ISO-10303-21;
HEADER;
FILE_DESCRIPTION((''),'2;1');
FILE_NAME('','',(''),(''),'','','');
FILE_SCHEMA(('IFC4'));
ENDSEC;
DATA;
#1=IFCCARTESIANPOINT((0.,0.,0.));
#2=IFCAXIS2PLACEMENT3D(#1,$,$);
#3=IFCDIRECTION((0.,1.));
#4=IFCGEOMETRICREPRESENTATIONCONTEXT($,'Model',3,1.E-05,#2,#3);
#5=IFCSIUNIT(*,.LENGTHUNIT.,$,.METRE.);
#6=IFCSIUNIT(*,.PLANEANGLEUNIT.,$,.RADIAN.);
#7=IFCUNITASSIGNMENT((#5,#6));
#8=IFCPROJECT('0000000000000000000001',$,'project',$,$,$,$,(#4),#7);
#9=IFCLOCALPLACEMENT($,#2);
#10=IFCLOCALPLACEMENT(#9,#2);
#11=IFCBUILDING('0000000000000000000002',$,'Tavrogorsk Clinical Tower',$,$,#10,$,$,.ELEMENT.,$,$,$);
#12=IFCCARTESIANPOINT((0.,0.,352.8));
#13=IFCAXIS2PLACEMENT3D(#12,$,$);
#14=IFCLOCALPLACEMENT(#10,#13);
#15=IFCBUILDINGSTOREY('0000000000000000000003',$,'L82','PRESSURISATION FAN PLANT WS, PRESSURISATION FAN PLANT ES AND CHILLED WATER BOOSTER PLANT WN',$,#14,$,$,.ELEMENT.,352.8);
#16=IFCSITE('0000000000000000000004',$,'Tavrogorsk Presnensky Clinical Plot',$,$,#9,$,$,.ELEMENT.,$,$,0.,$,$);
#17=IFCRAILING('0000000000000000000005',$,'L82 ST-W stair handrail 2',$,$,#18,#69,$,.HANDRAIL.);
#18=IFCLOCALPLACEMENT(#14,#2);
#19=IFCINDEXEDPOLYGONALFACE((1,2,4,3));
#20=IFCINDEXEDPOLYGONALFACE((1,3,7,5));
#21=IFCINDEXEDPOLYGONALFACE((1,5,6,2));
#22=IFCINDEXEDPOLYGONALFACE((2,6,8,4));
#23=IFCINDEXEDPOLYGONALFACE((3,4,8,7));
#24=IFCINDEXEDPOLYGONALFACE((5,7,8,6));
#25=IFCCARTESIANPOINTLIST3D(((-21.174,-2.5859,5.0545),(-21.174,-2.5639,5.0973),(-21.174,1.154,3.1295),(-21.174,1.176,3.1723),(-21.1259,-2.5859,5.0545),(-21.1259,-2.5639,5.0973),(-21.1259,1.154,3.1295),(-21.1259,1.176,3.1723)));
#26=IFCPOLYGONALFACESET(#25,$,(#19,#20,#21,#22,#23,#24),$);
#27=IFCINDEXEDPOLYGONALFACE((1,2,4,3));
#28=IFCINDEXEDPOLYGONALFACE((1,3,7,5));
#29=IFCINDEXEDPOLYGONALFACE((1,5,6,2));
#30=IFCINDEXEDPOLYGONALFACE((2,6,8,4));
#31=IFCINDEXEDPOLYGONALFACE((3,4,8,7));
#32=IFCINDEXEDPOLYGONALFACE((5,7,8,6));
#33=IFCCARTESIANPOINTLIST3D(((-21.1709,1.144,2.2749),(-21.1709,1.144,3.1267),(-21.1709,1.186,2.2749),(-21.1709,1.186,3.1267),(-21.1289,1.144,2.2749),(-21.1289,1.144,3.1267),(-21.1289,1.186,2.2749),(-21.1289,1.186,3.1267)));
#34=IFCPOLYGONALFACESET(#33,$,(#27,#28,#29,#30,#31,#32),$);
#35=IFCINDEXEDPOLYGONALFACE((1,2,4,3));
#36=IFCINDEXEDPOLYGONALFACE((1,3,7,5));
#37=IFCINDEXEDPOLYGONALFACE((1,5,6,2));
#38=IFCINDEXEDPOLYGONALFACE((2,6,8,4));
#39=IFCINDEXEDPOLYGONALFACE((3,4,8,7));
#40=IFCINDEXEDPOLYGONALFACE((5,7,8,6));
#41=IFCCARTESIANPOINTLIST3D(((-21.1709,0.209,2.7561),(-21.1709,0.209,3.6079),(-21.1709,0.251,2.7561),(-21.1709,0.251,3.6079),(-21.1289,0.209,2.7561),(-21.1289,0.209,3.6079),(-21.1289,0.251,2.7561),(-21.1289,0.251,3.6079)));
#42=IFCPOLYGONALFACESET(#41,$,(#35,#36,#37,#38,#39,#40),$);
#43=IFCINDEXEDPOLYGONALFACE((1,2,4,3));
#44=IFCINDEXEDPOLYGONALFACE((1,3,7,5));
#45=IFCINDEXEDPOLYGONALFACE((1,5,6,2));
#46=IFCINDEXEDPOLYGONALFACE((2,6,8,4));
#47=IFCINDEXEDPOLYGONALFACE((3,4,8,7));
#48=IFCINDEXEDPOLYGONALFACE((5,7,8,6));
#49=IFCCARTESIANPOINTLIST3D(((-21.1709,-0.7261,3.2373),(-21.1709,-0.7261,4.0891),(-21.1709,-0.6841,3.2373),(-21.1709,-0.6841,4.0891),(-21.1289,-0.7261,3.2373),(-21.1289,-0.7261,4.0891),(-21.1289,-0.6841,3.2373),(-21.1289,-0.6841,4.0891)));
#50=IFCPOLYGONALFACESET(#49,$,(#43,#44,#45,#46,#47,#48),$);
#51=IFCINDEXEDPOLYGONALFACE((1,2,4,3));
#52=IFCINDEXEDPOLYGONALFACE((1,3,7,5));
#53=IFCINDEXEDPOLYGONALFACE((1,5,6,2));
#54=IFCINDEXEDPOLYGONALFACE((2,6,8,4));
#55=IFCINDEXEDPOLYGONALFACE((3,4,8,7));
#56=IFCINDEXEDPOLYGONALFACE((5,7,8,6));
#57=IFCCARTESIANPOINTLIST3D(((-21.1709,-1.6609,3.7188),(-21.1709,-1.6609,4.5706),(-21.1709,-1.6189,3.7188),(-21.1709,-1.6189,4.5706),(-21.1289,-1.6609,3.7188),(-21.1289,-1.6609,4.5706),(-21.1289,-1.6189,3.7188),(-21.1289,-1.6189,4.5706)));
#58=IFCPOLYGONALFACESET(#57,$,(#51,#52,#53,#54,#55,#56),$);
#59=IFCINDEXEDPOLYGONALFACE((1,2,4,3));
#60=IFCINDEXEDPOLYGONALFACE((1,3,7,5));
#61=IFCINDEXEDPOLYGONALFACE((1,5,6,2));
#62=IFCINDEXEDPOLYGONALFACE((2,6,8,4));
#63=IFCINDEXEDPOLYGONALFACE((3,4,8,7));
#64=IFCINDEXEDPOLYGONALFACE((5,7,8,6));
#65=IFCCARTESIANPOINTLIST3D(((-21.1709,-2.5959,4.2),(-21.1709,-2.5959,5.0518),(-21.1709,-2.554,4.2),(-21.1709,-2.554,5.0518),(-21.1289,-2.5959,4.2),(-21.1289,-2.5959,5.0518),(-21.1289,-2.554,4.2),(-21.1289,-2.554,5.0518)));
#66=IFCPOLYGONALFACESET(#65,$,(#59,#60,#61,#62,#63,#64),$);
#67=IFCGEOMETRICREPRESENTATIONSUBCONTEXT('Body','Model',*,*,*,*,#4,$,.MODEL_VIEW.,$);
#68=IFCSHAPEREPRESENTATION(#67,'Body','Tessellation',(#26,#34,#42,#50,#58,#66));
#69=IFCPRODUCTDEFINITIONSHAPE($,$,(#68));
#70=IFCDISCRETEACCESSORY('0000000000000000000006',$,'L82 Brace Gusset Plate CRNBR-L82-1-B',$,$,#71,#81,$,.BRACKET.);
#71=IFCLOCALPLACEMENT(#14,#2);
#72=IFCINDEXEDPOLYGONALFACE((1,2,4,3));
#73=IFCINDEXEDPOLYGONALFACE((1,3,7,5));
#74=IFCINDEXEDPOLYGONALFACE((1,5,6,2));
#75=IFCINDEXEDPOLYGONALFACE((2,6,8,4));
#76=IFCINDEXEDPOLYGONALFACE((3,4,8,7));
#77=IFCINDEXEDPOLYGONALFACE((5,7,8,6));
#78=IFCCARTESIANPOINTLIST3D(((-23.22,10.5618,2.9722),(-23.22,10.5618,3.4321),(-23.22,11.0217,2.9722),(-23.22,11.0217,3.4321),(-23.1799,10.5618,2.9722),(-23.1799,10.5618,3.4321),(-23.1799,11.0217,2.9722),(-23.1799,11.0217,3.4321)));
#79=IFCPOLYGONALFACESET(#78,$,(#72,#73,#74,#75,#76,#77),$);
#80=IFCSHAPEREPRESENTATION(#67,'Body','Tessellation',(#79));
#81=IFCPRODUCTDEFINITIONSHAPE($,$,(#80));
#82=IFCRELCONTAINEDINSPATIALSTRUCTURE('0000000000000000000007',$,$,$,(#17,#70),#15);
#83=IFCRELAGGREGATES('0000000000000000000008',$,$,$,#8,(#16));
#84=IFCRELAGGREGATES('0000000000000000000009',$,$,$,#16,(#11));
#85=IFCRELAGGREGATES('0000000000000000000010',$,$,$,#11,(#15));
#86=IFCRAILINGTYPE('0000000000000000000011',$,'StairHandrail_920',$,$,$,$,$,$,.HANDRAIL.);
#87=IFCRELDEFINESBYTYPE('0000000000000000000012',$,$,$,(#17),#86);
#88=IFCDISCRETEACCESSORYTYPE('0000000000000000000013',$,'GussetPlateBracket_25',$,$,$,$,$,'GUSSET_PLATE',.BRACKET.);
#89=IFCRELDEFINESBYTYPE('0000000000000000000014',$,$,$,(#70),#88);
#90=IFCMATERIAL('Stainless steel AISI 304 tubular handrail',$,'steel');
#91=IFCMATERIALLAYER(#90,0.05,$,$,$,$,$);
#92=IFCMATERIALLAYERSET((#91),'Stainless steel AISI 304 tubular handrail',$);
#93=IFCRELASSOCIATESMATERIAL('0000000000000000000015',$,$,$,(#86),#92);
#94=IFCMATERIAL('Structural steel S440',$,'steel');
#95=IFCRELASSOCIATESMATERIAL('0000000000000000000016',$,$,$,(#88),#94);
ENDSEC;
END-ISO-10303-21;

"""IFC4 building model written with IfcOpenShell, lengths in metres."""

from ifc_helpers import new_model, si_unit, direction, frame, origin, origin_2d, place, context, subcontext, project, spatial, rectangle, extrude, material, layer, layer_set, type_object, element, save


model = new_model("IFC4")

# Units and contexts
model_context = context("Model", 3, precision=1e-05, world=origin(), true_north=direction((0.0, 1.0)))
body_context = subcontext(model_context, "Body", "Model", "MODEL_VIEW")
ifc_project = project(units=[si_unit("LENGTHUNIT", "METRE"), si_unit("PLANEANGLEUNIT", "RADIAN")], contexts=[model_context])

# Site, building, storey
site_placement = place(None, origin())
site = spatial("IfcSite", under=ifc_project, at=site_placement, Name="Tavrogorsk Presnensky Clinical Plot", CompositionType="ELEMENT", RefElevation=0.0)
building_placement = place(site_placement, origin())
building = spatial("IfcBuilding", under=site, at=building_placement, Name="Tavrogorsk Clinical Tower", CompositionType="ELEMENT")
storey_placement = place(building_placement, frame((0.0, 0.0, 352.8)))
storey = spatial("IfcBuildingStorey", under=building, at=storey_placement, Name="L82", Description="PRESSURISATION FAN PLANT WS, PRESSURISATION FAN PLANT ES AND CHILLED WATER BOOSTER PLANT WN", CompositionType="ELEMENT", Elevation=352.8)

# Railing
ifc_material_1 = material(Name="Stainless steel AISI 304 tubular handrail", Category="steel")
ifc_layer_1 = layer(ifc_material_1, 0.05)
ifc_layer_set_1 = layer_set([ifc_layer_1], Name="Stainless steel AISI 304 tubular handrail")
railing_type_1 = type_object("IfcRailingType", Name="StairHandrail_920", PredefinedType="HANDRAIL", material=ifc_layer_set_1)
railing_1_placement = place(storey_placement, frame((-21.1499, 1.165, 2.2749)))
element("IfcRailing", 1, at=railing_1_placement, inside=storey, type_object=railing_type_1, Name="L82 ST-W stair handrail 2", PredefinedType="HANDRAIL", context=body_context, shape_type="SweptSolid", body=[
    extrude(rectangle(XDim=0.0481, YDim=0.0481, at=origin_2d()), frame((0.0, 0.0, 0.876), z_axis=(0.0, -0.889131, 0.457654), x_axis=(1.0, 0.0, 0.0)), (0.0, 0.0, 1.0), 4.2063),
    extrude(rectangle(XDim=0.042, YDim=0.042, at=origin_2d()), origin(), (0.0, 0.0, 1.0), 0.8518),
    extrude(rectangle(XDim=0.042, YDim=0.042, at=origin_2d()), frame((0.0, -0.9351, 0.4812)), (0.0, 0.0, 1.0), 0.8518),
    extrude(rectangle(XDim=0.042, YDim=0.042, at=origin_2d()), frame((0.0, -1.8701, 0.9624)), (0.0, 0.0, 1.0), 0.8518),
    extrude(rectangle(XDim=0.042, YDim=0.042, at=origin_2d()), frame((0.0, -2.8049, 1.4438)), (0.0, 0.0, 1.0), 0.8518),
    extrude(rectangle(XDim=0.042, YDim=0.042, at=origin_2d()), frame((0.0, -3.74, 1.925)), (0.0, 0.0, 1.0), 0.8518),
])

# Discrete accessory
ifc_material_2 = material(Name="Structural steel S440", Category="steel")
discrete_accessory_type = type_object("IfcDiscreteAccessoryType", Name="GussetPlateBracket_25", ElementType="GUSSET_PLATE", PredefinedType="BRACKET", material=ifc_material_2)
discrete_accessory_placement = place(storey_placement, frame((-23.2, 10.7917, 2.9722), z_axis=(0.0, 0.0, 1.0), x_axis=(0.0, 1.0, 0.0)))
element("IfcDiscreteAccessory", 2, at=discrete_accessory_placement, inside=storey, type_object=discrete_accessory_type, Name="L82 Brace Gusset Plate CRNBR-L82-1-B", PredefinedType="BRACKET", context=body_context, shape_type="SweptSolid", body=[
    extrude(rectangle(XDim=0.46, YDim=0.04, at=origin_2d()), origin(), (0.0, 0.0, 1.0), 0.46),
])

save(model, "model.ifc")
